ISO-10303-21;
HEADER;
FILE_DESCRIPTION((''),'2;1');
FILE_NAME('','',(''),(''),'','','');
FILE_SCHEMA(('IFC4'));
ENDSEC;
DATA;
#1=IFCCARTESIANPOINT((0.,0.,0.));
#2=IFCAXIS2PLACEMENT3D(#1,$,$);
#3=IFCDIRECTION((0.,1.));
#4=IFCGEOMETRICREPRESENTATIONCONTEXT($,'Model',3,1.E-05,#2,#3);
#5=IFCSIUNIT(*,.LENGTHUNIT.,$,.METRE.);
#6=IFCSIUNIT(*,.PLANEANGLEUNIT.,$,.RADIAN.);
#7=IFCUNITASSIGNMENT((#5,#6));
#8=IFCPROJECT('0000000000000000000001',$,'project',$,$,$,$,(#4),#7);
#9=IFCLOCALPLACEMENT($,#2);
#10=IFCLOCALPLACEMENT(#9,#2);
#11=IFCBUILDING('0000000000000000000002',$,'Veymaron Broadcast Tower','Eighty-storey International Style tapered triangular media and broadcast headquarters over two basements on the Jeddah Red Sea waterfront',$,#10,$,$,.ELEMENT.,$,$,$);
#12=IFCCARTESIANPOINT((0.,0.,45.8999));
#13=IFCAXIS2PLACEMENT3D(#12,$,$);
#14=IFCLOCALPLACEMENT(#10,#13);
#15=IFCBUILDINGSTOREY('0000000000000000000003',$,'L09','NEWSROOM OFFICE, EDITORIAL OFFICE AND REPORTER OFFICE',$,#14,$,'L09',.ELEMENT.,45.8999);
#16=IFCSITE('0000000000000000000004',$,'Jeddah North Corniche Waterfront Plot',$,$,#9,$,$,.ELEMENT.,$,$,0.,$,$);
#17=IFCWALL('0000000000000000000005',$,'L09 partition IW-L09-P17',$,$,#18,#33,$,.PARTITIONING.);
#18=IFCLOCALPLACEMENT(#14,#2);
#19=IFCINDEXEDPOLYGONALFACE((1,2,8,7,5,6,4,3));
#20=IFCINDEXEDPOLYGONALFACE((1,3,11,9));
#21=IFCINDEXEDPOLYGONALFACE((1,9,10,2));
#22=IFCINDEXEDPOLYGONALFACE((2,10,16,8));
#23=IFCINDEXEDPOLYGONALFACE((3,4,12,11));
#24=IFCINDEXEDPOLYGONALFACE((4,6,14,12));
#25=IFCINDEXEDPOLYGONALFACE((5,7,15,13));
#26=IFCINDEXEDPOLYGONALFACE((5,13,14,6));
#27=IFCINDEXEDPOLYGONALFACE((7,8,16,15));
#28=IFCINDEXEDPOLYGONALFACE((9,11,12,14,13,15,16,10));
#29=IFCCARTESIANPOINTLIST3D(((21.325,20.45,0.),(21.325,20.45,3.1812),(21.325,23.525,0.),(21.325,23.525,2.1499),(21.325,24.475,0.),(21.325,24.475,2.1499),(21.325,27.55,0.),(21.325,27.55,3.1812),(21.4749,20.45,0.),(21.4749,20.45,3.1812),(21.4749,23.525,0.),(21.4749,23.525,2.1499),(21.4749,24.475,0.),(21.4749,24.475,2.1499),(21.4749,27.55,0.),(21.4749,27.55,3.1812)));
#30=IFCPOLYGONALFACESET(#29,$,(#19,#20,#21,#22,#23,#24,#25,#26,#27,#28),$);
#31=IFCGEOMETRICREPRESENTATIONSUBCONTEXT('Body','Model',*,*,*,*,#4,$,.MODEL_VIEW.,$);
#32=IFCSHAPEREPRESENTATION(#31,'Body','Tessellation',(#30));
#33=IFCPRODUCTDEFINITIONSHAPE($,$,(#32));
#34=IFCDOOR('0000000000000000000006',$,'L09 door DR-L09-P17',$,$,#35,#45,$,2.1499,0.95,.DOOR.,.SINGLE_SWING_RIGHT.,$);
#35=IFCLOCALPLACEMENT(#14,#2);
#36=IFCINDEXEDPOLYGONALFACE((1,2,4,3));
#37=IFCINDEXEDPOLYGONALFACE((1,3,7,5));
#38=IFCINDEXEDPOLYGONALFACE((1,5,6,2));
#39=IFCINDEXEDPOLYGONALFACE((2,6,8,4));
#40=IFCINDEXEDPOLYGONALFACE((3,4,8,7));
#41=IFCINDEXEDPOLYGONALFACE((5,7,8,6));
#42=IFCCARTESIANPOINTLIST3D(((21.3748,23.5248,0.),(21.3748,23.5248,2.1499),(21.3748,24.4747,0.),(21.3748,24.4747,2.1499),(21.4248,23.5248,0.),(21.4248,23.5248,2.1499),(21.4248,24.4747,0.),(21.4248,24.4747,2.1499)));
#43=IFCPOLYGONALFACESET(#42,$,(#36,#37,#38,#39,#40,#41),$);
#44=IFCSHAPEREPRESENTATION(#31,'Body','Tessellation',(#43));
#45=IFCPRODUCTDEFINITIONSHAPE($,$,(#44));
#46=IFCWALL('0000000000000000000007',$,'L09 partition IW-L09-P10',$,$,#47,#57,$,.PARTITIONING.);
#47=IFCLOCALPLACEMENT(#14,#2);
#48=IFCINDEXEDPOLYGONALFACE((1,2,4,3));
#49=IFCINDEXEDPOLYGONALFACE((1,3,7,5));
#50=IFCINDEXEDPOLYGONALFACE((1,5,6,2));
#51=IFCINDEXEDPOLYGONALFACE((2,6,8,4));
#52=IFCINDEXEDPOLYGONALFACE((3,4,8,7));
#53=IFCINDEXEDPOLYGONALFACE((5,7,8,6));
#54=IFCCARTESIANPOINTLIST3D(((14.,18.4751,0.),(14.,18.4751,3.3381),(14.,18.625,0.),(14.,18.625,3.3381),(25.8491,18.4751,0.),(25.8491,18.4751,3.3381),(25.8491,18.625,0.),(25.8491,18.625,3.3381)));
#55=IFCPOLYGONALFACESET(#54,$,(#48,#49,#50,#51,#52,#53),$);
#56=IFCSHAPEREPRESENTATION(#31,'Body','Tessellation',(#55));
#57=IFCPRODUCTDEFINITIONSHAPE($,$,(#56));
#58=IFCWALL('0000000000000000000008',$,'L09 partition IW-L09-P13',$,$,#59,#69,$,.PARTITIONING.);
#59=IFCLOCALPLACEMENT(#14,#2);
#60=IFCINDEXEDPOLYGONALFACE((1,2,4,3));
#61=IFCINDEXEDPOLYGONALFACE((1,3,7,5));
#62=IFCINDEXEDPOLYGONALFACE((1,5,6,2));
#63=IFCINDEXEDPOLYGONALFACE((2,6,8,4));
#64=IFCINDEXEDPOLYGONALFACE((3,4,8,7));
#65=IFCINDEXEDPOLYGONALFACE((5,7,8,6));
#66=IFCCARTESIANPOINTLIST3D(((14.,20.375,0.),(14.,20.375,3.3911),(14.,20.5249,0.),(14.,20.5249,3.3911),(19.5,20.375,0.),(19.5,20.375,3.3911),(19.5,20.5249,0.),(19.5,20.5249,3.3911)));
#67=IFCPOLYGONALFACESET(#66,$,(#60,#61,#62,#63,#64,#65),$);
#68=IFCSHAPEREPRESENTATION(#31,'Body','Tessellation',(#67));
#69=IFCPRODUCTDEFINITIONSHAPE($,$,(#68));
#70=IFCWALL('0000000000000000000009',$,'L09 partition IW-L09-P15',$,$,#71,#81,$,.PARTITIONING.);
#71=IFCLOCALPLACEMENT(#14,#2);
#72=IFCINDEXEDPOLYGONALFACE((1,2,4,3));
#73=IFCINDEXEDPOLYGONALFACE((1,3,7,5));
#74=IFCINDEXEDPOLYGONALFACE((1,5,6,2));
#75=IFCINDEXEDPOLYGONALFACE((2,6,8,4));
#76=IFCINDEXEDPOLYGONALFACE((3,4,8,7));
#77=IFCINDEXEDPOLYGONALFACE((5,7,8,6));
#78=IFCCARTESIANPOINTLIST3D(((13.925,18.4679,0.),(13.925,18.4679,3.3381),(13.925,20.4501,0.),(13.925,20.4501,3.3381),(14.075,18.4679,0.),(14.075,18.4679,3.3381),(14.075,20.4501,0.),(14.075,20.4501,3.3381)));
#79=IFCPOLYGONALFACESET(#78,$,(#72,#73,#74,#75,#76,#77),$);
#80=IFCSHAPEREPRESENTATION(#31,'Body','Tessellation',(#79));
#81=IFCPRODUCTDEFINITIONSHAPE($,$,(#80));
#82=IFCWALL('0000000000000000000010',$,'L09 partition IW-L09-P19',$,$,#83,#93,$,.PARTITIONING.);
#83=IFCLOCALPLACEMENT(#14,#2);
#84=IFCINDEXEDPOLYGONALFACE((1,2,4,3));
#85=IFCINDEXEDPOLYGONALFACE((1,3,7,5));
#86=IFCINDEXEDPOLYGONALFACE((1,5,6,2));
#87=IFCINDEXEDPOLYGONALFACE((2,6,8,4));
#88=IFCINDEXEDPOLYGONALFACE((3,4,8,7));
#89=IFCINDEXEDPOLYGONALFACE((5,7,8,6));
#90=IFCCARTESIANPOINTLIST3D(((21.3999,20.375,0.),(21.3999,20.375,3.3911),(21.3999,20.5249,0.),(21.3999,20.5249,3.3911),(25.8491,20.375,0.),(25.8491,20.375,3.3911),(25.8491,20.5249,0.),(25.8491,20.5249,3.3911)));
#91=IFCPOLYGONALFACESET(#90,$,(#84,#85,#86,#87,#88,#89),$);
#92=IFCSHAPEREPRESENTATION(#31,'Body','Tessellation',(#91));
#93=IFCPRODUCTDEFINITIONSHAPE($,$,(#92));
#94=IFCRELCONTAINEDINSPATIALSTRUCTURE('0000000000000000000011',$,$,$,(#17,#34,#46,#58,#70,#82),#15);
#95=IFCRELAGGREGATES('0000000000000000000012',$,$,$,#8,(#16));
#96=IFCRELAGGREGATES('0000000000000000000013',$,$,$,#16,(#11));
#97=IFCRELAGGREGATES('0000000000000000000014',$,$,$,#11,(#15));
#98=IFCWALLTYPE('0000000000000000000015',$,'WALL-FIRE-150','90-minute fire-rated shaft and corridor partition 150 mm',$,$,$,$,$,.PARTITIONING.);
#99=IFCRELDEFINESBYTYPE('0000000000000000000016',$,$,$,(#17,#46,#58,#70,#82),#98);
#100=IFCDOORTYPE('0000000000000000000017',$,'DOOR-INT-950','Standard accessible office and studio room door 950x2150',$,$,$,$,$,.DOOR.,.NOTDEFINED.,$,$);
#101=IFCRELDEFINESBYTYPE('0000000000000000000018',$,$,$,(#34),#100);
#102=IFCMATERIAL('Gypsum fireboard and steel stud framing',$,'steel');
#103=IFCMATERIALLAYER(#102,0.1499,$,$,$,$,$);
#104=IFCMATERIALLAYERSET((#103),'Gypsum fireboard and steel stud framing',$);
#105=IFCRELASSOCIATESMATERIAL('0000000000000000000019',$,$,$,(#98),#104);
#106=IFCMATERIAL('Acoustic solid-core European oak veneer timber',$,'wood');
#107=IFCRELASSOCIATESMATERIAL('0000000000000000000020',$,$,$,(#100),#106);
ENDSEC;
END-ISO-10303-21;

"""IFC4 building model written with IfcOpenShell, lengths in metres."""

from ifc_helpers import new_model, si_unit, direction, frame, frame_2d, origin, place, context, subcontext, project, spatial, rectangle, extrude, material, layer, layer_set, type_object, element, fill, save


model = new_model("IFC4")

# Units and contexts
model_context = context("Model", 3, precision=1e-05, world=origin(), true_north=direction((0.0, 1.0)))
body_context = subcontext(model_context, "Body", "Model", "MODEL_VIEW")
ifc_project = project(units=[si_unit("LENGTHUNIT", "METRE"), si_unit("PLANEANGLEUNIT", "RADIAN")], contexts=[model_context])

# Site, building, storey
site_placement = place(None, origin())
site = spatial("IfcSite", under=ifc_project, at=site_placement, Name="Jeddah North Corniche Waterfront Plot", CompositionType="ELEMENT", RefElevation=0.0)
building_placement = place(site_placement, origin())
building = spatial("IfcBuilding", under=site, at=building_placement, Name="Veymaron Broadcast Tower", Description="Eighty-storey International Style tapered triangular media and broadcast headquarters over two basements on the Jeddah Red Sea waterfront", CompositionType="ELEMENT")
storey_placement = place(building_placement, frame((0.0, 0.0, 45.8999)))
storey = spatial("IfcBuildingStorey", under=building, at=storey_placement, Name="L09", Description="NEWSROOM OFFICE, EDITORIAL OFFICE AND REPORTER OFFICE", LongName="L09", CompositionType="ELEMENT", Elevation=45.8999)

# Wall, opening, door
ifc_material_1 = material(Name="Gypsum fireboard and steel stud framing", Category="steel")
ifc_layer_1 = layer(ifc_material_1, 0.1499)
ifc_layer_set_1 = layer_set([ifc_layer_1], Name="Gypsum fireboard and steel stud framing")
wall_type_1 = type_object("IfcWallType", Name="WALL-FIRE-150", Description="90-minute fire-rated shaft and corridor partition 150 mm", PredefinedType="PARTITIONING", material=ifc_layer_set_1)
ifc_material_2 = material(Name="Acoustic solid-core European oak veneer timber", Category="wood")
door_type = type_object("IfcDoorType", Name="DOOR-INT-950", Description="Standard accessible office and studio room door 950x2150", OperationType="NOTDEFINED", PredefinedType="DOOR", material=ifc_material_2)
wall_1_placement = place(storey_placement, frame((21.3999, 20.45, 0.0), z_axis=(0.0, 0.0, 1.0), x_axis=(0.0, 1.0, 0.0)))
wall_1 = element("IfcWall", 1, at=wall_1_placement, inside=storey, type_object=wall_type_1, Name="L09 partition IW-L09-P17", PredefinedType="PARTITIONING", context=body_context, shape_type="SweptSolid", body=[
    extrude(rectangle(XDim=7.1001, YDim=0.1499, at=frame_2d((3.55, 0.0))), origin(), (0.0, 0.0, 1.0), 3.1812),
])
opening_1_placement = place(wall_1_placement, frame((3.075, 0.0, 0.0)))
opening_1 = element("IfcOpeningElement", 2, at=opening_1_placement, cuts=wall_1, PredefinedType="OPENING", context=body_context, shape_type="SweptSolid", body=[
    extrude(rectangle(XDim=0.95, YDim=2.1499, at=frame_2d((0.4751, 1.075))), frame((0.0, 0.085, 0.0), z_axis=(0.0, -1.0, 0.0), x_axis=(1.0, 0.0, 0.0)), (0.0, 0.0, 1.0), 0.1699),
])
door_1_placement = place(opening_1_placement, frame((0.95, 0.0, 0.0), z_axis=(0.0, 0.0, 1.0), x_axis=(-1.0, 0.0, 0.0)))
door_1 = element("IfcDoor", 3, at=door_1_placement, inside=storey, type_object=door_type, Name="L09 door DR-L09-P17", OperationType="SINGLE_SWING_RIGHT", OverallHeight=2.1499, OverallWidth=0.95, PredefinedType="DOOR", context=body_context, shape_type="SweptSolid", body=[
    extrude(rectangle(XDim=0.95, YDim=2.1499, at=frame_2d((0.4751, 1.075))), frame((0.0, 0.0249, 0.0), z_axis=(0.0, -1.0, 0.0), x_axis=(1.0, 0.0, 0.0)), (0.0, 0.0, 1.0), 0.05),
])
fill(opening_1, door_1)

# Walls
wall_2_placement = place(storey_placement, frame((14.0, 18.55, 0.0), z_axis=(0.0, 0.0, 1.0), x_axis=(1.0, 0.0, 0.0)))
element("IfcWall", 4, at=wall_2_placement, inside=storey, type_object=wall_type_1, Name="L09 partition IW-L09-P10", PredefinedType="PARTITIONING", context=body_context, shape_type="SweptSolid", body=[
    extrude(rectangle(XDim=11.8491, YDim=0.1499, at=frame_2d((5.9246, 0.0))), origin(), (0.0, 0.0, 1.0), 3.3381),
])
wall_3_placement = place(storey_placement, frame((14.0, 20.45, 0.0), z_axis=(0.0, 0.0, 1.0), x_axis=(1.0, 0.0, 0.0)))
element("IfcWall", 5, at=wall_3_placement, inside=storey, type_object=wall_type_1, Name="L09 partition IW-L09-P13", PredefinedType="PARTITIONING", context=body_context, shape_type="SweptSolid", body=[
    extrude(rectangle(XDim=5.5, YDim=0.1499, at=frame_2d((2.75, 0.0))), origin(), (0.0, 0.0, 1.0), 3.3911),
])
wall_4_placement = place(storey_placement, frame((14.0, 18.4678, 0.0), z_axis=(0.0, 0.0, 1.0), x_axis=(0.0, 1.0, 0.0)))
element("IfcWall", 6, at=wall_4_placement, inside=storey, type_object=wall_type_1, Name="L09 partition IW-L09-P15", PredefinedType="PARTITIONING", context=body_context, shape_type="SweptSolid", body=[
    extrude(rectangle(XDim=1.9822, YDim=0.1499, at=frame_2d((0.9912, 0.0))), origin(), (0.0, 0.0, 1.0), 3.3381),
])
wall_5_placement = place(storey_placement, frame((21.3999, 20.45, 0.0), z_axis=(0.0, 0.0, 1.0), x_axis=(1.0, 0.0, 0.0)))
element("IfcWall", 7, at=wall_5_placement, inside=storey, type_object=wall_type_1, Name="L09 partition IW-L09-P19", PredefinedType="PARTITIONING", context=body_context, shape_type="SweptSolid", body=[
    extrude(rectangle(XDim=4.4492, YDim=0.1499, at=frame_2d((2.2246, 0.0))), origin(), (0.0, 0.0, 1.0), 3.3911),
])

save(model, "model.ifc")
